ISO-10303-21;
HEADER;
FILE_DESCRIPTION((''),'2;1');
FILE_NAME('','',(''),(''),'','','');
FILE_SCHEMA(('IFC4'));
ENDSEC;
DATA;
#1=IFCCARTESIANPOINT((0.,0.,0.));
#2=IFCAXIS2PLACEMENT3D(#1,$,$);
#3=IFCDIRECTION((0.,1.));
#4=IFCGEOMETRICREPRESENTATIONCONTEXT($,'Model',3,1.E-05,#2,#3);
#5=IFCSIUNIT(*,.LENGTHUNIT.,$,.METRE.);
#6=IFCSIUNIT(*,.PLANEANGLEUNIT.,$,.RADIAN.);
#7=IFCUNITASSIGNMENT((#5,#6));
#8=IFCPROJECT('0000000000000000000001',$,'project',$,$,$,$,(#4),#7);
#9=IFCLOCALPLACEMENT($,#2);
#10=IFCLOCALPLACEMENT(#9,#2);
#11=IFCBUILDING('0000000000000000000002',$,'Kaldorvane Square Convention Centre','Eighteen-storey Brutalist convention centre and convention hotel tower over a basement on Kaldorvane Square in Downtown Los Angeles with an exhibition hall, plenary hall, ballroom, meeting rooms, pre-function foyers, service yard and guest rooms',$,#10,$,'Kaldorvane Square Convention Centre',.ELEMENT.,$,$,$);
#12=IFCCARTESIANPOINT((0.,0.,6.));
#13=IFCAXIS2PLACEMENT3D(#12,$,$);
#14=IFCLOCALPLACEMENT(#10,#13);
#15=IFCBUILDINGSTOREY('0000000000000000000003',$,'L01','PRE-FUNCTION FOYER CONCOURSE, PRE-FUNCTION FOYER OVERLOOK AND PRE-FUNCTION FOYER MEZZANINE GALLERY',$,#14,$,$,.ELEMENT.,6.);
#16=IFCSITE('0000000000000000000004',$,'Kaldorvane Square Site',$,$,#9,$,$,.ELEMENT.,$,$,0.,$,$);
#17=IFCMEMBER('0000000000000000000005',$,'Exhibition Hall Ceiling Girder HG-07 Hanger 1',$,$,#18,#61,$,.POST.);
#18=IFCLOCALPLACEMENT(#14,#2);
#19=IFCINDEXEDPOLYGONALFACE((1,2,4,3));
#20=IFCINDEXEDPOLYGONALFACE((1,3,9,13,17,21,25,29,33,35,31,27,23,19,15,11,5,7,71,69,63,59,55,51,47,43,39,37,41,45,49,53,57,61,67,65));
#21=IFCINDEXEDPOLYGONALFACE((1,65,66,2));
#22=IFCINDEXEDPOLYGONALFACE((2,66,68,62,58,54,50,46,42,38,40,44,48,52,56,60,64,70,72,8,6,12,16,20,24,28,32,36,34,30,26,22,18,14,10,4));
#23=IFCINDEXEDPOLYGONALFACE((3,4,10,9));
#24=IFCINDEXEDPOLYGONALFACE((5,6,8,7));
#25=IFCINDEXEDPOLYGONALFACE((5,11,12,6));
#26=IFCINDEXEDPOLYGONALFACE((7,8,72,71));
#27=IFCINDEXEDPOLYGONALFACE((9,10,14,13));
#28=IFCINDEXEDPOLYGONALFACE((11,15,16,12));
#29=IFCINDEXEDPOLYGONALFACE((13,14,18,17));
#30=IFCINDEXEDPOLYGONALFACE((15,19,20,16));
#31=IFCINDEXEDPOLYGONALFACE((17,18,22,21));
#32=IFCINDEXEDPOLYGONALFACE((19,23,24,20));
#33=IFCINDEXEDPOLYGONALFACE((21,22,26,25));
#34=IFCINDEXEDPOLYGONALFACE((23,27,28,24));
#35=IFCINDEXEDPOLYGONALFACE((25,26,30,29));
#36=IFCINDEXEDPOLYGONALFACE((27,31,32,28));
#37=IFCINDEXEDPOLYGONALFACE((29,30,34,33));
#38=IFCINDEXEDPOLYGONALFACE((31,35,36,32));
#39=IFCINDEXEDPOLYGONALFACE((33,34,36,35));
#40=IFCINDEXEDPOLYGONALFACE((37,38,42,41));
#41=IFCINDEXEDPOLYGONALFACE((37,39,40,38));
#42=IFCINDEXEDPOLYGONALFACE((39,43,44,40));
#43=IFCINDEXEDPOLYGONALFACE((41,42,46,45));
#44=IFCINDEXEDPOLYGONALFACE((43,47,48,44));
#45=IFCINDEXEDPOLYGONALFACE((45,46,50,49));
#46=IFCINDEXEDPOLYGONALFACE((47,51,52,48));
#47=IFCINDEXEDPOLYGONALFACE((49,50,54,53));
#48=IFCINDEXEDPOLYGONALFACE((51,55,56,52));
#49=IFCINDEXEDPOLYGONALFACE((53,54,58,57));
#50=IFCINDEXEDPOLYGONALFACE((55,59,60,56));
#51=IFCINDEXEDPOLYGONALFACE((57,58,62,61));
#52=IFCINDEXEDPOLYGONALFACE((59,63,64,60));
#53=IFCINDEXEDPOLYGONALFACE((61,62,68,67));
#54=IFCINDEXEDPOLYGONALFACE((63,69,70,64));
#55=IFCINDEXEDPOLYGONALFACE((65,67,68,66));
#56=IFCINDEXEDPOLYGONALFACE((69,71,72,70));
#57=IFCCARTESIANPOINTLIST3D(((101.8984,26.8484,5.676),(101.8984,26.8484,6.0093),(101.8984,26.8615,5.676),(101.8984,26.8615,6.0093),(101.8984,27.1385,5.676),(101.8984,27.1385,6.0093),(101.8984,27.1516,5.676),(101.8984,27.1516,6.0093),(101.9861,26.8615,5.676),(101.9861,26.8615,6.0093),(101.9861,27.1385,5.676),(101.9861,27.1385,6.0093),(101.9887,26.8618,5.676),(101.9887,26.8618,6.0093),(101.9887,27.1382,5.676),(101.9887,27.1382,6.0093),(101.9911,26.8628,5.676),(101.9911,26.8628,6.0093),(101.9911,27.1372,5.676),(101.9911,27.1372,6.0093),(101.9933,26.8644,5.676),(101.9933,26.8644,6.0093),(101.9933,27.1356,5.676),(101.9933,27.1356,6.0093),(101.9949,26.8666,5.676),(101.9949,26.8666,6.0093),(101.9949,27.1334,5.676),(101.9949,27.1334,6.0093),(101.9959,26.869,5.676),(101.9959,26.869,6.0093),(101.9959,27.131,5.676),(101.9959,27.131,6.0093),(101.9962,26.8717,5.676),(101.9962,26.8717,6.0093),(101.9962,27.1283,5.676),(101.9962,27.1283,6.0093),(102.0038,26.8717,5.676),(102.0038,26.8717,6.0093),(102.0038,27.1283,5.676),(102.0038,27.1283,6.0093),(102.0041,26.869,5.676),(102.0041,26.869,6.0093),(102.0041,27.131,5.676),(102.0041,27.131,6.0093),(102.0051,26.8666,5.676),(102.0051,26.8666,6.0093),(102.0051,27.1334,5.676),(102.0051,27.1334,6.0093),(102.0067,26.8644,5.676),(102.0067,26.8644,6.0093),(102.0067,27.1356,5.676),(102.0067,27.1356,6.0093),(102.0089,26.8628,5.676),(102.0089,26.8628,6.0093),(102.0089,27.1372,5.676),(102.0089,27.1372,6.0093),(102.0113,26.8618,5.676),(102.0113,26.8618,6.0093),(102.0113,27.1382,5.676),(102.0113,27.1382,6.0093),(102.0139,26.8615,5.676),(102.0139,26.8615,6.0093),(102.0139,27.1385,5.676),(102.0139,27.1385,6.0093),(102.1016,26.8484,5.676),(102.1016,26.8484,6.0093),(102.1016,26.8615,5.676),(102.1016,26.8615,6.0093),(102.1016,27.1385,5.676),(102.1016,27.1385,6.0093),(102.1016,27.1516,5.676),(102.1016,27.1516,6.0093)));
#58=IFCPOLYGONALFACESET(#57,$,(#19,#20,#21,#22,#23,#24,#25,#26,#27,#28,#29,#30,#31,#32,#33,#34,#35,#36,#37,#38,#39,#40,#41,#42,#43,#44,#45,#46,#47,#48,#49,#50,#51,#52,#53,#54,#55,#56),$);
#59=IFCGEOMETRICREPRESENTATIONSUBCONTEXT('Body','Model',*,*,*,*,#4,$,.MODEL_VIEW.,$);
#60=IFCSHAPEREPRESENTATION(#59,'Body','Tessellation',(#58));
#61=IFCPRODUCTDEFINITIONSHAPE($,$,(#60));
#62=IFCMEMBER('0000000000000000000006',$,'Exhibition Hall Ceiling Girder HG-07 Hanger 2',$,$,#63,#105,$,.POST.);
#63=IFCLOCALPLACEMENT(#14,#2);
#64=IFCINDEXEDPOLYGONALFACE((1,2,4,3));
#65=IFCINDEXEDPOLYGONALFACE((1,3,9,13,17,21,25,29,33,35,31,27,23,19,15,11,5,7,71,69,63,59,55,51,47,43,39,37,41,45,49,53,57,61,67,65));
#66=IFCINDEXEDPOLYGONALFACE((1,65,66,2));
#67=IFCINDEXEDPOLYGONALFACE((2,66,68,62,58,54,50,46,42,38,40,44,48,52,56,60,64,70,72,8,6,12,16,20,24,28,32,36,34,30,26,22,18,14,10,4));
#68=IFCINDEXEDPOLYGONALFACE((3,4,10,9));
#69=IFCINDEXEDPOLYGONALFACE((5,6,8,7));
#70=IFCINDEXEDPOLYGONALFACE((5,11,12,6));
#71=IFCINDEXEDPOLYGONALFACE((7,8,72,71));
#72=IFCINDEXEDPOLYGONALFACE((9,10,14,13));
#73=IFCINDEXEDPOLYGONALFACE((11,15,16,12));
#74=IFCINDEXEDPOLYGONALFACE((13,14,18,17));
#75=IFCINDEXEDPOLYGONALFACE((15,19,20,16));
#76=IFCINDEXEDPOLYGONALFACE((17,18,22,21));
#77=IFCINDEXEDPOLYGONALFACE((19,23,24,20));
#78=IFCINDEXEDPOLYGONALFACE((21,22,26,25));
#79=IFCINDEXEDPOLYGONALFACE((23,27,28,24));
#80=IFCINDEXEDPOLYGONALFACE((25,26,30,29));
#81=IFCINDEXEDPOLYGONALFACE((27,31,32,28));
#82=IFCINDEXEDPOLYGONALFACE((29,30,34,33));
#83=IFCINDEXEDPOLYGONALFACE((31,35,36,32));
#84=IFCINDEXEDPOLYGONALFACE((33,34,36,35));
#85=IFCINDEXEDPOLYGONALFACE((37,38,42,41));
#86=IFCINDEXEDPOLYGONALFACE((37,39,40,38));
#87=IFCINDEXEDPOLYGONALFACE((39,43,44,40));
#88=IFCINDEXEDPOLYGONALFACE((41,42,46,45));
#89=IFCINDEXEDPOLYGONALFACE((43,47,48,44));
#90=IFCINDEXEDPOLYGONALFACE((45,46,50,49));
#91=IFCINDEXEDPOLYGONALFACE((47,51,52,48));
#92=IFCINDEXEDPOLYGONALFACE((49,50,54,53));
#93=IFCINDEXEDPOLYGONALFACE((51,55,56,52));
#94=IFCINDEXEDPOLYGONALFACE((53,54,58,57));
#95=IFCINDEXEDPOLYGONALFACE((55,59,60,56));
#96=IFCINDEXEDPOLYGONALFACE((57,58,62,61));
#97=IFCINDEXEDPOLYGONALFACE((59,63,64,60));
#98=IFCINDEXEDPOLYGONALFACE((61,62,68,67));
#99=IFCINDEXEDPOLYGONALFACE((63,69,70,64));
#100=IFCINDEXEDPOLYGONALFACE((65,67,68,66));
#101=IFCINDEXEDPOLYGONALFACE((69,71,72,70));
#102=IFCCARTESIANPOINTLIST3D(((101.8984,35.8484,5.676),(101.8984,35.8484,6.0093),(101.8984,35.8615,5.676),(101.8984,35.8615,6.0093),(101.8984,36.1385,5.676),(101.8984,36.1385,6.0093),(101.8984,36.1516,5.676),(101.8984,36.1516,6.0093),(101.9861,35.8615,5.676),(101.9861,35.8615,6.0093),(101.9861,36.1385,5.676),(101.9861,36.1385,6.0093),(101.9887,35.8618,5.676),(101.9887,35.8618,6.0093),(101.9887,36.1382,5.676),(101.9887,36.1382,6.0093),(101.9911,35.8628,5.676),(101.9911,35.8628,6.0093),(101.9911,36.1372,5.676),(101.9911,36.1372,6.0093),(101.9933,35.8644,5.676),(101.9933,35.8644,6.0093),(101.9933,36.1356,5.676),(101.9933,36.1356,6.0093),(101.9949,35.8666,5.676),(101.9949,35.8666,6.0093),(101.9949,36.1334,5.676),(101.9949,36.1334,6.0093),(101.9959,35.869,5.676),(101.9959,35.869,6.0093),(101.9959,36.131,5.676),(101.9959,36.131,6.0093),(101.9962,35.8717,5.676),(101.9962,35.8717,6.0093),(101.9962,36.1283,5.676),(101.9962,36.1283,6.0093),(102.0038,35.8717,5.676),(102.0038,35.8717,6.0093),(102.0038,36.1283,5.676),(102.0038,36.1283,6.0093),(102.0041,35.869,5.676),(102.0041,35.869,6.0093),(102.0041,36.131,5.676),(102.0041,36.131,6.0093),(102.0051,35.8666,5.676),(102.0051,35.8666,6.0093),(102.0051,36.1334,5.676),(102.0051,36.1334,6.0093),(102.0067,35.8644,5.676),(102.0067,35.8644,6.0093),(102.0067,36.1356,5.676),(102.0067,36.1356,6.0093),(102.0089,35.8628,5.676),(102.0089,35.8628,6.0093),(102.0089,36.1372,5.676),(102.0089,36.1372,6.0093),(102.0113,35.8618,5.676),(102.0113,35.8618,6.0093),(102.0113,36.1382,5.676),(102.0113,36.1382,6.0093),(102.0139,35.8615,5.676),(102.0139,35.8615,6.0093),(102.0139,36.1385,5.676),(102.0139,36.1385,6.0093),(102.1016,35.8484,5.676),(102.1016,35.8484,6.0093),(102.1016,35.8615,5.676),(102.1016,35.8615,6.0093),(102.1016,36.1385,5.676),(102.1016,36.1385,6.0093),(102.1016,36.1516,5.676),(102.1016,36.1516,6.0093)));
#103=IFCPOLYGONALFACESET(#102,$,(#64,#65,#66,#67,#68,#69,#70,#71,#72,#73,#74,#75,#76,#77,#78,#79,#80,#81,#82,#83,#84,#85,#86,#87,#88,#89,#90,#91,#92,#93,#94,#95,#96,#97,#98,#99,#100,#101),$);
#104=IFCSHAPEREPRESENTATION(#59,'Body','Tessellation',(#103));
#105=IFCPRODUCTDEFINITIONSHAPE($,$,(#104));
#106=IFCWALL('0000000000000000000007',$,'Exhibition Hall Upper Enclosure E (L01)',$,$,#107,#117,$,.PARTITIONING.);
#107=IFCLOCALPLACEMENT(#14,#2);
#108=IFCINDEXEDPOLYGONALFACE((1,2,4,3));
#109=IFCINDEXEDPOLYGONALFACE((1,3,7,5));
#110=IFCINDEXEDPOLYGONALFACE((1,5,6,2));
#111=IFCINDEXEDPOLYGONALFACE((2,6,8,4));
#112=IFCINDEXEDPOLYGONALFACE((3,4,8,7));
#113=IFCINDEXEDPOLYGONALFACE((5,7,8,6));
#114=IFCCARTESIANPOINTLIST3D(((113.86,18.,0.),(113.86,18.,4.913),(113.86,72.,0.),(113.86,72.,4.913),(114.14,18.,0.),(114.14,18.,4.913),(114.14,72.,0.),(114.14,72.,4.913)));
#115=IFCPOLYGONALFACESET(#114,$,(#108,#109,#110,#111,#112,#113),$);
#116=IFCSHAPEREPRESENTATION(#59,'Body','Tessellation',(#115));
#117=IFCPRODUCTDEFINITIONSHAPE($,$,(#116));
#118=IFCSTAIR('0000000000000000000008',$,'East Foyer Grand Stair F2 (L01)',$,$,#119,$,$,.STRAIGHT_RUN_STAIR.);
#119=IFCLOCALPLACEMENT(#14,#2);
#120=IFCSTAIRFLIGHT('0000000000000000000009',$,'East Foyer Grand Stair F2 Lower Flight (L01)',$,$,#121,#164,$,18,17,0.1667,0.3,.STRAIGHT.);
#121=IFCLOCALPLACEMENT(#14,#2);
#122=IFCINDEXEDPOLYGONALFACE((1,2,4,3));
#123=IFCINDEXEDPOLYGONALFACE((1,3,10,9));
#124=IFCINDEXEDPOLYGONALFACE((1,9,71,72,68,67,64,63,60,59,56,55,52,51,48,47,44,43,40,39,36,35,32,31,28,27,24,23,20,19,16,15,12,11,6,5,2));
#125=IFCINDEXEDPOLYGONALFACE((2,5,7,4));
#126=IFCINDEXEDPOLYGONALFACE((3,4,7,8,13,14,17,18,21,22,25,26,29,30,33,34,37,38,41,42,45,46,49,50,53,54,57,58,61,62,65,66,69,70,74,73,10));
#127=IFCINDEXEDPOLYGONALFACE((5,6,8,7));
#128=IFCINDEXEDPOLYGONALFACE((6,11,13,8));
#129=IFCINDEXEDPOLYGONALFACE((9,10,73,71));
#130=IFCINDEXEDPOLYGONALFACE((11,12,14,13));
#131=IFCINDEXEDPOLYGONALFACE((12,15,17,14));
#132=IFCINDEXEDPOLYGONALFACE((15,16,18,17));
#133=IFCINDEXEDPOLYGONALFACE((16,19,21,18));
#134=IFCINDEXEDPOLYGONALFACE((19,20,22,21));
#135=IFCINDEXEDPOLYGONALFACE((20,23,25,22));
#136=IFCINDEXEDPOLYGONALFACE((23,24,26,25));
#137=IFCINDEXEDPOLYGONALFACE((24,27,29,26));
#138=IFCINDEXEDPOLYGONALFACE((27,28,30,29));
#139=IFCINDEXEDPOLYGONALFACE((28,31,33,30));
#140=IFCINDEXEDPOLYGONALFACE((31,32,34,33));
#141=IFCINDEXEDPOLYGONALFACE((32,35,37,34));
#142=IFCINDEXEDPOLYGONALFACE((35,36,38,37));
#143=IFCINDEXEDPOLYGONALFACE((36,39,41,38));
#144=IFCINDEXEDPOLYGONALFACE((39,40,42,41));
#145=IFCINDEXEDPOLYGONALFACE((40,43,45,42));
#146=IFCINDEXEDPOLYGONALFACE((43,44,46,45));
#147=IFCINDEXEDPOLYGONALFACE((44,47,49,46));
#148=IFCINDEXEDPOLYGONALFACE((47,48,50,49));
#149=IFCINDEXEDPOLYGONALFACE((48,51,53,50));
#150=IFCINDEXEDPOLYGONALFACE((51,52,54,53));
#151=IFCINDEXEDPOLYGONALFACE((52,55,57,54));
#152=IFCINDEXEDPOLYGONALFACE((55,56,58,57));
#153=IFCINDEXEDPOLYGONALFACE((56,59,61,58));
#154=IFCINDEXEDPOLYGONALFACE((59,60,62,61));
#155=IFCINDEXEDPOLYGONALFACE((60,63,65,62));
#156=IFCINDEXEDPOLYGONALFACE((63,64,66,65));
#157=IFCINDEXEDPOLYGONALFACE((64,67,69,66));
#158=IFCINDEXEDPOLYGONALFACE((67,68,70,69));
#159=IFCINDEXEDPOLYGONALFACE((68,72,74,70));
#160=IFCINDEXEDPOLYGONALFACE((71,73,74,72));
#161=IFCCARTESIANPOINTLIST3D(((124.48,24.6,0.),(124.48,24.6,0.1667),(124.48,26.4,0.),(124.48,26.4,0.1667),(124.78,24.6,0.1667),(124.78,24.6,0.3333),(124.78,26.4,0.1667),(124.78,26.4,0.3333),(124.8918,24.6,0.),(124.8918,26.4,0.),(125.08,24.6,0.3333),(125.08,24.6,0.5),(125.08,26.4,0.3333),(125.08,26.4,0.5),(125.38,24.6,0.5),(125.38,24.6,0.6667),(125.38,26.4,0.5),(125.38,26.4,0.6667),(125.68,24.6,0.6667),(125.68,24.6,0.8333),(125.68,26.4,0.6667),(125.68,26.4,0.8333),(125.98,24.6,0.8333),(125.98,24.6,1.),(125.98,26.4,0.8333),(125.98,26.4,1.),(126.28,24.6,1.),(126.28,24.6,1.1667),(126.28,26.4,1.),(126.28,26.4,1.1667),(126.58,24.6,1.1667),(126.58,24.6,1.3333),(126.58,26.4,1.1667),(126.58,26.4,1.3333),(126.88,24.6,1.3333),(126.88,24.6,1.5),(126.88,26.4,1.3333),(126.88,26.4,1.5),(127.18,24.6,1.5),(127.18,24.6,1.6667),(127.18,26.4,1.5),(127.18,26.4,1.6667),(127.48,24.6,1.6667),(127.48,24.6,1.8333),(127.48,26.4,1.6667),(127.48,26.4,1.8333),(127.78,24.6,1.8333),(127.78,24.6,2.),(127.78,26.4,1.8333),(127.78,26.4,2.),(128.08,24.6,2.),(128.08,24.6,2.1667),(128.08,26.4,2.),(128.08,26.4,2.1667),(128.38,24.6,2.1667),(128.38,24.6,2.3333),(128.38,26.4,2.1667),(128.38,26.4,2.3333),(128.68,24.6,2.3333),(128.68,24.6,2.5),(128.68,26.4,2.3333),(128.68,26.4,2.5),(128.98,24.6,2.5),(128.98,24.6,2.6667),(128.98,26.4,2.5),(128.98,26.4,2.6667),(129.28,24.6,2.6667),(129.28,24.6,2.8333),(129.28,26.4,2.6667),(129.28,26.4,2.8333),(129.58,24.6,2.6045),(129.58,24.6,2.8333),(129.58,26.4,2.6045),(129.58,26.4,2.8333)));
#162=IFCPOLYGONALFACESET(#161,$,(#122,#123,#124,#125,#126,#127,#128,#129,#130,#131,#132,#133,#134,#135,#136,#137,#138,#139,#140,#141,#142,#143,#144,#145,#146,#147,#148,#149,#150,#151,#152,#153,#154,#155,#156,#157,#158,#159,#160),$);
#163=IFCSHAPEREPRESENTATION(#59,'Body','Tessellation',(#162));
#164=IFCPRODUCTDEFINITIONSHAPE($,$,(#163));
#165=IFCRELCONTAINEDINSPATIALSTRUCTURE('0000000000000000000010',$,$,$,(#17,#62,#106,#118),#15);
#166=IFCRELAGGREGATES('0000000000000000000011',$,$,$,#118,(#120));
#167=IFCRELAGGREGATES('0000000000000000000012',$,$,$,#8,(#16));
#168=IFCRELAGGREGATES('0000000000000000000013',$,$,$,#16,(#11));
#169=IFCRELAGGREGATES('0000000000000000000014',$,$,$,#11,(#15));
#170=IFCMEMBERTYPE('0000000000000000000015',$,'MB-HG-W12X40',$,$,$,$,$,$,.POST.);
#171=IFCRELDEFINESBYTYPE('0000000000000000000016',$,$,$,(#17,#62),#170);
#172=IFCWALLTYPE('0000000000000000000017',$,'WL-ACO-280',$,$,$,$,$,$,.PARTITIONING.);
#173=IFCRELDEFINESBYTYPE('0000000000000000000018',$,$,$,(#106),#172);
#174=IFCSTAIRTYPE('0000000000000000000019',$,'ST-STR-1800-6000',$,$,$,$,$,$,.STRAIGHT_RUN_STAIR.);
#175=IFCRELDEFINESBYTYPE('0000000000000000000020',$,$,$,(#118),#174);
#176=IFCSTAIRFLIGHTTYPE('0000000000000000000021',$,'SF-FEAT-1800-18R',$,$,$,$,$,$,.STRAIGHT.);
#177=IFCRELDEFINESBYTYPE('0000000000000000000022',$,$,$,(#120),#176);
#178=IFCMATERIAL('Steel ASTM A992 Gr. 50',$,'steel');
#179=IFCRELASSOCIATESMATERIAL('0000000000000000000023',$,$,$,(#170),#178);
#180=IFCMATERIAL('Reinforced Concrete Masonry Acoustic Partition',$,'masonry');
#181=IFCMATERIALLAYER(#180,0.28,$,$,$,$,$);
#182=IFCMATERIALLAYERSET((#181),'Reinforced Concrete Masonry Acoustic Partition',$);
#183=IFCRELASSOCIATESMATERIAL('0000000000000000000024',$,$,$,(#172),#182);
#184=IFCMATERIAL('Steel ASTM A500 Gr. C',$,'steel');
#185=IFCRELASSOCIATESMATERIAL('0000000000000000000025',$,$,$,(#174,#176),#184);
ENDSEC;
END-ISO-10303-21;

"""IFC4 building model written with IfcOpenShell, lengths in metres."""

from ifc_helpers import new_model, si_unit, direction, frame, frame_2d, origin, origin_2d, place, context, subcontext, project, spatial, polyline, rectangle, i_section, outline, extrude, material, layer, layer_set, material_profile, profile_set, type_object, element, aggregate, save


model = new_model("IFC4")

# Units and contexts
model_context = context("Model", 3, precision=1e-05, world=origin(), true_north=direction((0.0, 1.0)))
body_context = subcontext(model_context, "Body", "Model", "MODEL_VIEW")
ifc_project = project(units=[si_unit("LENGTHUNIT", "METRE"), si_unit("PLANEANGLEUNIT", "RADIAN")], contexts=[model_context])

# Site, building, storey
site_placement = place(None, origin())
site = spatial("IfcSite", under=ifc_project, at=site_placement, Name="Kaldorvane Square Site", CompositionType="ELEMENT", RefElevation=0.0)
building_placement = place(site_placement, origin())
building = spatial("IfcBuilding", under=site, at=building_placement, Name="Kaldorvane Square Convention Centre", Description="Eighteen-storey Brutalist convention centre and convention hotel tower over a basement on Kaldorvane Square in Downtown Los Angeles with an exhibition hall, plenary hall, ballroom, meeting rooms, pre-function foyers, service yard and guest rooms", LongName="Kaldorvane Square Convention Centre", CompositionType="ELEMENT")
storey_placement = place(building_placement, frame((0.0, 0.0, 6.0)))
storey = spatial("IfcBuildingStorey", under=building, at=storey_placement, Name="L01", Description="PRE-FUNCTION FOYER CONCOURSE, PRE-FUNCTION FOYER OVERLOOK AND PRE-FUNCTION FOYER MEZZANINE GALLERY", CompositionType="ELEMENT", Elevation=6.0)

# Shared definitions
ifc_material_1 = material(Name="Steel ASTM A992 Gr. 50", Category="steel")

# Members
ifc_material_profile_1 = material_profile(ifc_material_1, i_section(OverallWidth=0.2033, OverallDepth=0.3033, WebThickness=0.0075, FlangeThickness=0.0131, FilletRadius=0.0102, at=origin_2d()), Name="W12X40")
ifc_profile_set_1 = profile_set([ifc_material_profile_1], Name="Steel ASTM A992 Gr. 50")
member_type = type_object("IfcMemberType", Name="MB-HG-W12X40", PredefinedType="POST", material=ifc_profile_set_1)
for number, where, z_axis, x_axis, name in (
    (1, (102.0, 27.0, 5.676), (0.0, 0.0, 1.0), (1.0, 0.0, 0.0), "Exhibition Hall Ceiling Girder HG-07 Hanger 1"),
    (2, (102.0, 36.0, 5.676), (0.0, 0.0, 1.0), (1.0, 0.0, 0.0), "Exhibition Hall Ceiling Girder HG-07 Hanger 2"),
):
    element("IfcMember", number, at=place(storey_placement, frame(where, z_axis=z_axis, x_axis=x_axis)), inside=storey, type_object=member_type, Name=name, PredefinedType="POST", context=body_context, shape_type="SweptSolid", body=[
        extrude(i_section(OverallWidth=0.2033, OverallDepth=0.3033, WebThickness=0.0075, FlangeThickness=0.0131, FilletRadius=0.0102, at=origin_2d()), origin(), (0.0, 0.0, 1.0), 0.3333),
    ])

# Wall
ifc_material_2 = material(Name="Reinforced Concrete Masonry Acoustic Partition", Category="masonry")
ifc_layer = layer(ifc_material_2, 0.28)
ifc_layer_set = layer_set([ifc_layer], Name="Reinforced Concrete Masonry Acoustic Partition")
wall_type = type_object("IfcWallType", Name="WL-ACO-280", PredefinedType="PARTITIONING", material=ifc_layer_set)
wall_placement = place(storey_placement, frame((114.0, 18.0, 0.0), z_axis=(0.0, 0.0, 1.0), x_axis=(0.0, 1.0, 0.0)))
element("IfcWall", 3, at=wall_placement, inside=storey, type_object=wall_type, Name="Exhibition Hall Upper Enclosure E (L01)", PredefinedType="PARTITIONING", context=body_context, shape_type="SweptSolid", body=[
    extrude(rectangle(XDim=54.0, YDim=0.28, at=frame_2d((27.0, 0.0))), origin(), (0.0, 0.0, 1.0), 4.913),
])

# Stair, stair flight
ifc_material_3 = material(Name="Steel ASTM A500 Gr. C", Category="steel")
stair_type = type_object("IfcStairType", Name="ST-STR-1800-6000", PredefinedType="STRAIGHT_RUN_STAIR", material=ifc_material_3)
stair_placement = place(storey_placement, origin())
stair = element("IfcStair", 4, at=stair_placement, inside=storey, type_object=stair_type, Name="East Foyer Grand Stair F2 (L01)", PredefinedType="STRAIGHT_RUN_STAIR")
stair_flight_type = type_object("IfcStairFlightType", Name="SF-FEAT-1800-18R", PredefinedType="STRAIGHT", material=ifc_material_3)
stair_flight_placement = place(storey_placement, frame((124.48, 25.5, 0.0), z_axis=(0.0, 0.0, 1.0), x_axis=(1.0, 0.0, 0.0)))
stair_flight = element("IfcStairFlight", 5, at=stair_flight_placement, type_object=stair_flight_type, Name="East Foyer Grand Stair F2 Lower Flight (L01)", NumberOfRisers=18, NumberOfTreads=17, PredefinedType="STRAIGHT", RiserHeight=0.1667, TreadLength=0.3, context=body_context, shape_type="SweptSolid", body=[
    extrude(outline(polyline([(0.0, 0.0), (0.0, 0.1667), (0.3, 0.1667), (0.3, 0.3333), (0.6, 0.3333), (0.6, 0.5), (0.9, 0.5), (0.9, 0.6667), (1.2, 0.6667), (1.2, 0.8333), (1.5, 0.8333), (1.5, 1.0), (1.8, 1.0), (1.8, 1.1667), (2.1, 1.1667), (2.1, 1.3333), (2.4, 1.3333), (2.4, 1.5), (2.7, 1.5), (2.7, 1.6667), (3.0, 1.6667), (3.0, 1.8333), (3.3, 1.8333), (3.3, 2.0), (3.6, 2.0), (3.6, 2.1667), (3.9, 2.1667), (3.9, 2.3333), (4.2, 2.3333), (4.2, 2.5), (4.5, 2.5), (4.5, 2.6667), (4.8, 2.6667), (4.8, 2.8333), (5.1, 2.8333), (5.1, 3.0), (5.1, 2.6045), (0.4118, 0.0), (0.0, 0.0)])), frame((0.0, 0.9, 0.0), z_axis=(0.0, -1.0, 0.0), x_axis=(1.0, 0.0, 0.0)), (0.0, 0.0, 1.0), 1.8),
])
aggregate(stair, [stair_flight])

save(model, "model.ifc")
